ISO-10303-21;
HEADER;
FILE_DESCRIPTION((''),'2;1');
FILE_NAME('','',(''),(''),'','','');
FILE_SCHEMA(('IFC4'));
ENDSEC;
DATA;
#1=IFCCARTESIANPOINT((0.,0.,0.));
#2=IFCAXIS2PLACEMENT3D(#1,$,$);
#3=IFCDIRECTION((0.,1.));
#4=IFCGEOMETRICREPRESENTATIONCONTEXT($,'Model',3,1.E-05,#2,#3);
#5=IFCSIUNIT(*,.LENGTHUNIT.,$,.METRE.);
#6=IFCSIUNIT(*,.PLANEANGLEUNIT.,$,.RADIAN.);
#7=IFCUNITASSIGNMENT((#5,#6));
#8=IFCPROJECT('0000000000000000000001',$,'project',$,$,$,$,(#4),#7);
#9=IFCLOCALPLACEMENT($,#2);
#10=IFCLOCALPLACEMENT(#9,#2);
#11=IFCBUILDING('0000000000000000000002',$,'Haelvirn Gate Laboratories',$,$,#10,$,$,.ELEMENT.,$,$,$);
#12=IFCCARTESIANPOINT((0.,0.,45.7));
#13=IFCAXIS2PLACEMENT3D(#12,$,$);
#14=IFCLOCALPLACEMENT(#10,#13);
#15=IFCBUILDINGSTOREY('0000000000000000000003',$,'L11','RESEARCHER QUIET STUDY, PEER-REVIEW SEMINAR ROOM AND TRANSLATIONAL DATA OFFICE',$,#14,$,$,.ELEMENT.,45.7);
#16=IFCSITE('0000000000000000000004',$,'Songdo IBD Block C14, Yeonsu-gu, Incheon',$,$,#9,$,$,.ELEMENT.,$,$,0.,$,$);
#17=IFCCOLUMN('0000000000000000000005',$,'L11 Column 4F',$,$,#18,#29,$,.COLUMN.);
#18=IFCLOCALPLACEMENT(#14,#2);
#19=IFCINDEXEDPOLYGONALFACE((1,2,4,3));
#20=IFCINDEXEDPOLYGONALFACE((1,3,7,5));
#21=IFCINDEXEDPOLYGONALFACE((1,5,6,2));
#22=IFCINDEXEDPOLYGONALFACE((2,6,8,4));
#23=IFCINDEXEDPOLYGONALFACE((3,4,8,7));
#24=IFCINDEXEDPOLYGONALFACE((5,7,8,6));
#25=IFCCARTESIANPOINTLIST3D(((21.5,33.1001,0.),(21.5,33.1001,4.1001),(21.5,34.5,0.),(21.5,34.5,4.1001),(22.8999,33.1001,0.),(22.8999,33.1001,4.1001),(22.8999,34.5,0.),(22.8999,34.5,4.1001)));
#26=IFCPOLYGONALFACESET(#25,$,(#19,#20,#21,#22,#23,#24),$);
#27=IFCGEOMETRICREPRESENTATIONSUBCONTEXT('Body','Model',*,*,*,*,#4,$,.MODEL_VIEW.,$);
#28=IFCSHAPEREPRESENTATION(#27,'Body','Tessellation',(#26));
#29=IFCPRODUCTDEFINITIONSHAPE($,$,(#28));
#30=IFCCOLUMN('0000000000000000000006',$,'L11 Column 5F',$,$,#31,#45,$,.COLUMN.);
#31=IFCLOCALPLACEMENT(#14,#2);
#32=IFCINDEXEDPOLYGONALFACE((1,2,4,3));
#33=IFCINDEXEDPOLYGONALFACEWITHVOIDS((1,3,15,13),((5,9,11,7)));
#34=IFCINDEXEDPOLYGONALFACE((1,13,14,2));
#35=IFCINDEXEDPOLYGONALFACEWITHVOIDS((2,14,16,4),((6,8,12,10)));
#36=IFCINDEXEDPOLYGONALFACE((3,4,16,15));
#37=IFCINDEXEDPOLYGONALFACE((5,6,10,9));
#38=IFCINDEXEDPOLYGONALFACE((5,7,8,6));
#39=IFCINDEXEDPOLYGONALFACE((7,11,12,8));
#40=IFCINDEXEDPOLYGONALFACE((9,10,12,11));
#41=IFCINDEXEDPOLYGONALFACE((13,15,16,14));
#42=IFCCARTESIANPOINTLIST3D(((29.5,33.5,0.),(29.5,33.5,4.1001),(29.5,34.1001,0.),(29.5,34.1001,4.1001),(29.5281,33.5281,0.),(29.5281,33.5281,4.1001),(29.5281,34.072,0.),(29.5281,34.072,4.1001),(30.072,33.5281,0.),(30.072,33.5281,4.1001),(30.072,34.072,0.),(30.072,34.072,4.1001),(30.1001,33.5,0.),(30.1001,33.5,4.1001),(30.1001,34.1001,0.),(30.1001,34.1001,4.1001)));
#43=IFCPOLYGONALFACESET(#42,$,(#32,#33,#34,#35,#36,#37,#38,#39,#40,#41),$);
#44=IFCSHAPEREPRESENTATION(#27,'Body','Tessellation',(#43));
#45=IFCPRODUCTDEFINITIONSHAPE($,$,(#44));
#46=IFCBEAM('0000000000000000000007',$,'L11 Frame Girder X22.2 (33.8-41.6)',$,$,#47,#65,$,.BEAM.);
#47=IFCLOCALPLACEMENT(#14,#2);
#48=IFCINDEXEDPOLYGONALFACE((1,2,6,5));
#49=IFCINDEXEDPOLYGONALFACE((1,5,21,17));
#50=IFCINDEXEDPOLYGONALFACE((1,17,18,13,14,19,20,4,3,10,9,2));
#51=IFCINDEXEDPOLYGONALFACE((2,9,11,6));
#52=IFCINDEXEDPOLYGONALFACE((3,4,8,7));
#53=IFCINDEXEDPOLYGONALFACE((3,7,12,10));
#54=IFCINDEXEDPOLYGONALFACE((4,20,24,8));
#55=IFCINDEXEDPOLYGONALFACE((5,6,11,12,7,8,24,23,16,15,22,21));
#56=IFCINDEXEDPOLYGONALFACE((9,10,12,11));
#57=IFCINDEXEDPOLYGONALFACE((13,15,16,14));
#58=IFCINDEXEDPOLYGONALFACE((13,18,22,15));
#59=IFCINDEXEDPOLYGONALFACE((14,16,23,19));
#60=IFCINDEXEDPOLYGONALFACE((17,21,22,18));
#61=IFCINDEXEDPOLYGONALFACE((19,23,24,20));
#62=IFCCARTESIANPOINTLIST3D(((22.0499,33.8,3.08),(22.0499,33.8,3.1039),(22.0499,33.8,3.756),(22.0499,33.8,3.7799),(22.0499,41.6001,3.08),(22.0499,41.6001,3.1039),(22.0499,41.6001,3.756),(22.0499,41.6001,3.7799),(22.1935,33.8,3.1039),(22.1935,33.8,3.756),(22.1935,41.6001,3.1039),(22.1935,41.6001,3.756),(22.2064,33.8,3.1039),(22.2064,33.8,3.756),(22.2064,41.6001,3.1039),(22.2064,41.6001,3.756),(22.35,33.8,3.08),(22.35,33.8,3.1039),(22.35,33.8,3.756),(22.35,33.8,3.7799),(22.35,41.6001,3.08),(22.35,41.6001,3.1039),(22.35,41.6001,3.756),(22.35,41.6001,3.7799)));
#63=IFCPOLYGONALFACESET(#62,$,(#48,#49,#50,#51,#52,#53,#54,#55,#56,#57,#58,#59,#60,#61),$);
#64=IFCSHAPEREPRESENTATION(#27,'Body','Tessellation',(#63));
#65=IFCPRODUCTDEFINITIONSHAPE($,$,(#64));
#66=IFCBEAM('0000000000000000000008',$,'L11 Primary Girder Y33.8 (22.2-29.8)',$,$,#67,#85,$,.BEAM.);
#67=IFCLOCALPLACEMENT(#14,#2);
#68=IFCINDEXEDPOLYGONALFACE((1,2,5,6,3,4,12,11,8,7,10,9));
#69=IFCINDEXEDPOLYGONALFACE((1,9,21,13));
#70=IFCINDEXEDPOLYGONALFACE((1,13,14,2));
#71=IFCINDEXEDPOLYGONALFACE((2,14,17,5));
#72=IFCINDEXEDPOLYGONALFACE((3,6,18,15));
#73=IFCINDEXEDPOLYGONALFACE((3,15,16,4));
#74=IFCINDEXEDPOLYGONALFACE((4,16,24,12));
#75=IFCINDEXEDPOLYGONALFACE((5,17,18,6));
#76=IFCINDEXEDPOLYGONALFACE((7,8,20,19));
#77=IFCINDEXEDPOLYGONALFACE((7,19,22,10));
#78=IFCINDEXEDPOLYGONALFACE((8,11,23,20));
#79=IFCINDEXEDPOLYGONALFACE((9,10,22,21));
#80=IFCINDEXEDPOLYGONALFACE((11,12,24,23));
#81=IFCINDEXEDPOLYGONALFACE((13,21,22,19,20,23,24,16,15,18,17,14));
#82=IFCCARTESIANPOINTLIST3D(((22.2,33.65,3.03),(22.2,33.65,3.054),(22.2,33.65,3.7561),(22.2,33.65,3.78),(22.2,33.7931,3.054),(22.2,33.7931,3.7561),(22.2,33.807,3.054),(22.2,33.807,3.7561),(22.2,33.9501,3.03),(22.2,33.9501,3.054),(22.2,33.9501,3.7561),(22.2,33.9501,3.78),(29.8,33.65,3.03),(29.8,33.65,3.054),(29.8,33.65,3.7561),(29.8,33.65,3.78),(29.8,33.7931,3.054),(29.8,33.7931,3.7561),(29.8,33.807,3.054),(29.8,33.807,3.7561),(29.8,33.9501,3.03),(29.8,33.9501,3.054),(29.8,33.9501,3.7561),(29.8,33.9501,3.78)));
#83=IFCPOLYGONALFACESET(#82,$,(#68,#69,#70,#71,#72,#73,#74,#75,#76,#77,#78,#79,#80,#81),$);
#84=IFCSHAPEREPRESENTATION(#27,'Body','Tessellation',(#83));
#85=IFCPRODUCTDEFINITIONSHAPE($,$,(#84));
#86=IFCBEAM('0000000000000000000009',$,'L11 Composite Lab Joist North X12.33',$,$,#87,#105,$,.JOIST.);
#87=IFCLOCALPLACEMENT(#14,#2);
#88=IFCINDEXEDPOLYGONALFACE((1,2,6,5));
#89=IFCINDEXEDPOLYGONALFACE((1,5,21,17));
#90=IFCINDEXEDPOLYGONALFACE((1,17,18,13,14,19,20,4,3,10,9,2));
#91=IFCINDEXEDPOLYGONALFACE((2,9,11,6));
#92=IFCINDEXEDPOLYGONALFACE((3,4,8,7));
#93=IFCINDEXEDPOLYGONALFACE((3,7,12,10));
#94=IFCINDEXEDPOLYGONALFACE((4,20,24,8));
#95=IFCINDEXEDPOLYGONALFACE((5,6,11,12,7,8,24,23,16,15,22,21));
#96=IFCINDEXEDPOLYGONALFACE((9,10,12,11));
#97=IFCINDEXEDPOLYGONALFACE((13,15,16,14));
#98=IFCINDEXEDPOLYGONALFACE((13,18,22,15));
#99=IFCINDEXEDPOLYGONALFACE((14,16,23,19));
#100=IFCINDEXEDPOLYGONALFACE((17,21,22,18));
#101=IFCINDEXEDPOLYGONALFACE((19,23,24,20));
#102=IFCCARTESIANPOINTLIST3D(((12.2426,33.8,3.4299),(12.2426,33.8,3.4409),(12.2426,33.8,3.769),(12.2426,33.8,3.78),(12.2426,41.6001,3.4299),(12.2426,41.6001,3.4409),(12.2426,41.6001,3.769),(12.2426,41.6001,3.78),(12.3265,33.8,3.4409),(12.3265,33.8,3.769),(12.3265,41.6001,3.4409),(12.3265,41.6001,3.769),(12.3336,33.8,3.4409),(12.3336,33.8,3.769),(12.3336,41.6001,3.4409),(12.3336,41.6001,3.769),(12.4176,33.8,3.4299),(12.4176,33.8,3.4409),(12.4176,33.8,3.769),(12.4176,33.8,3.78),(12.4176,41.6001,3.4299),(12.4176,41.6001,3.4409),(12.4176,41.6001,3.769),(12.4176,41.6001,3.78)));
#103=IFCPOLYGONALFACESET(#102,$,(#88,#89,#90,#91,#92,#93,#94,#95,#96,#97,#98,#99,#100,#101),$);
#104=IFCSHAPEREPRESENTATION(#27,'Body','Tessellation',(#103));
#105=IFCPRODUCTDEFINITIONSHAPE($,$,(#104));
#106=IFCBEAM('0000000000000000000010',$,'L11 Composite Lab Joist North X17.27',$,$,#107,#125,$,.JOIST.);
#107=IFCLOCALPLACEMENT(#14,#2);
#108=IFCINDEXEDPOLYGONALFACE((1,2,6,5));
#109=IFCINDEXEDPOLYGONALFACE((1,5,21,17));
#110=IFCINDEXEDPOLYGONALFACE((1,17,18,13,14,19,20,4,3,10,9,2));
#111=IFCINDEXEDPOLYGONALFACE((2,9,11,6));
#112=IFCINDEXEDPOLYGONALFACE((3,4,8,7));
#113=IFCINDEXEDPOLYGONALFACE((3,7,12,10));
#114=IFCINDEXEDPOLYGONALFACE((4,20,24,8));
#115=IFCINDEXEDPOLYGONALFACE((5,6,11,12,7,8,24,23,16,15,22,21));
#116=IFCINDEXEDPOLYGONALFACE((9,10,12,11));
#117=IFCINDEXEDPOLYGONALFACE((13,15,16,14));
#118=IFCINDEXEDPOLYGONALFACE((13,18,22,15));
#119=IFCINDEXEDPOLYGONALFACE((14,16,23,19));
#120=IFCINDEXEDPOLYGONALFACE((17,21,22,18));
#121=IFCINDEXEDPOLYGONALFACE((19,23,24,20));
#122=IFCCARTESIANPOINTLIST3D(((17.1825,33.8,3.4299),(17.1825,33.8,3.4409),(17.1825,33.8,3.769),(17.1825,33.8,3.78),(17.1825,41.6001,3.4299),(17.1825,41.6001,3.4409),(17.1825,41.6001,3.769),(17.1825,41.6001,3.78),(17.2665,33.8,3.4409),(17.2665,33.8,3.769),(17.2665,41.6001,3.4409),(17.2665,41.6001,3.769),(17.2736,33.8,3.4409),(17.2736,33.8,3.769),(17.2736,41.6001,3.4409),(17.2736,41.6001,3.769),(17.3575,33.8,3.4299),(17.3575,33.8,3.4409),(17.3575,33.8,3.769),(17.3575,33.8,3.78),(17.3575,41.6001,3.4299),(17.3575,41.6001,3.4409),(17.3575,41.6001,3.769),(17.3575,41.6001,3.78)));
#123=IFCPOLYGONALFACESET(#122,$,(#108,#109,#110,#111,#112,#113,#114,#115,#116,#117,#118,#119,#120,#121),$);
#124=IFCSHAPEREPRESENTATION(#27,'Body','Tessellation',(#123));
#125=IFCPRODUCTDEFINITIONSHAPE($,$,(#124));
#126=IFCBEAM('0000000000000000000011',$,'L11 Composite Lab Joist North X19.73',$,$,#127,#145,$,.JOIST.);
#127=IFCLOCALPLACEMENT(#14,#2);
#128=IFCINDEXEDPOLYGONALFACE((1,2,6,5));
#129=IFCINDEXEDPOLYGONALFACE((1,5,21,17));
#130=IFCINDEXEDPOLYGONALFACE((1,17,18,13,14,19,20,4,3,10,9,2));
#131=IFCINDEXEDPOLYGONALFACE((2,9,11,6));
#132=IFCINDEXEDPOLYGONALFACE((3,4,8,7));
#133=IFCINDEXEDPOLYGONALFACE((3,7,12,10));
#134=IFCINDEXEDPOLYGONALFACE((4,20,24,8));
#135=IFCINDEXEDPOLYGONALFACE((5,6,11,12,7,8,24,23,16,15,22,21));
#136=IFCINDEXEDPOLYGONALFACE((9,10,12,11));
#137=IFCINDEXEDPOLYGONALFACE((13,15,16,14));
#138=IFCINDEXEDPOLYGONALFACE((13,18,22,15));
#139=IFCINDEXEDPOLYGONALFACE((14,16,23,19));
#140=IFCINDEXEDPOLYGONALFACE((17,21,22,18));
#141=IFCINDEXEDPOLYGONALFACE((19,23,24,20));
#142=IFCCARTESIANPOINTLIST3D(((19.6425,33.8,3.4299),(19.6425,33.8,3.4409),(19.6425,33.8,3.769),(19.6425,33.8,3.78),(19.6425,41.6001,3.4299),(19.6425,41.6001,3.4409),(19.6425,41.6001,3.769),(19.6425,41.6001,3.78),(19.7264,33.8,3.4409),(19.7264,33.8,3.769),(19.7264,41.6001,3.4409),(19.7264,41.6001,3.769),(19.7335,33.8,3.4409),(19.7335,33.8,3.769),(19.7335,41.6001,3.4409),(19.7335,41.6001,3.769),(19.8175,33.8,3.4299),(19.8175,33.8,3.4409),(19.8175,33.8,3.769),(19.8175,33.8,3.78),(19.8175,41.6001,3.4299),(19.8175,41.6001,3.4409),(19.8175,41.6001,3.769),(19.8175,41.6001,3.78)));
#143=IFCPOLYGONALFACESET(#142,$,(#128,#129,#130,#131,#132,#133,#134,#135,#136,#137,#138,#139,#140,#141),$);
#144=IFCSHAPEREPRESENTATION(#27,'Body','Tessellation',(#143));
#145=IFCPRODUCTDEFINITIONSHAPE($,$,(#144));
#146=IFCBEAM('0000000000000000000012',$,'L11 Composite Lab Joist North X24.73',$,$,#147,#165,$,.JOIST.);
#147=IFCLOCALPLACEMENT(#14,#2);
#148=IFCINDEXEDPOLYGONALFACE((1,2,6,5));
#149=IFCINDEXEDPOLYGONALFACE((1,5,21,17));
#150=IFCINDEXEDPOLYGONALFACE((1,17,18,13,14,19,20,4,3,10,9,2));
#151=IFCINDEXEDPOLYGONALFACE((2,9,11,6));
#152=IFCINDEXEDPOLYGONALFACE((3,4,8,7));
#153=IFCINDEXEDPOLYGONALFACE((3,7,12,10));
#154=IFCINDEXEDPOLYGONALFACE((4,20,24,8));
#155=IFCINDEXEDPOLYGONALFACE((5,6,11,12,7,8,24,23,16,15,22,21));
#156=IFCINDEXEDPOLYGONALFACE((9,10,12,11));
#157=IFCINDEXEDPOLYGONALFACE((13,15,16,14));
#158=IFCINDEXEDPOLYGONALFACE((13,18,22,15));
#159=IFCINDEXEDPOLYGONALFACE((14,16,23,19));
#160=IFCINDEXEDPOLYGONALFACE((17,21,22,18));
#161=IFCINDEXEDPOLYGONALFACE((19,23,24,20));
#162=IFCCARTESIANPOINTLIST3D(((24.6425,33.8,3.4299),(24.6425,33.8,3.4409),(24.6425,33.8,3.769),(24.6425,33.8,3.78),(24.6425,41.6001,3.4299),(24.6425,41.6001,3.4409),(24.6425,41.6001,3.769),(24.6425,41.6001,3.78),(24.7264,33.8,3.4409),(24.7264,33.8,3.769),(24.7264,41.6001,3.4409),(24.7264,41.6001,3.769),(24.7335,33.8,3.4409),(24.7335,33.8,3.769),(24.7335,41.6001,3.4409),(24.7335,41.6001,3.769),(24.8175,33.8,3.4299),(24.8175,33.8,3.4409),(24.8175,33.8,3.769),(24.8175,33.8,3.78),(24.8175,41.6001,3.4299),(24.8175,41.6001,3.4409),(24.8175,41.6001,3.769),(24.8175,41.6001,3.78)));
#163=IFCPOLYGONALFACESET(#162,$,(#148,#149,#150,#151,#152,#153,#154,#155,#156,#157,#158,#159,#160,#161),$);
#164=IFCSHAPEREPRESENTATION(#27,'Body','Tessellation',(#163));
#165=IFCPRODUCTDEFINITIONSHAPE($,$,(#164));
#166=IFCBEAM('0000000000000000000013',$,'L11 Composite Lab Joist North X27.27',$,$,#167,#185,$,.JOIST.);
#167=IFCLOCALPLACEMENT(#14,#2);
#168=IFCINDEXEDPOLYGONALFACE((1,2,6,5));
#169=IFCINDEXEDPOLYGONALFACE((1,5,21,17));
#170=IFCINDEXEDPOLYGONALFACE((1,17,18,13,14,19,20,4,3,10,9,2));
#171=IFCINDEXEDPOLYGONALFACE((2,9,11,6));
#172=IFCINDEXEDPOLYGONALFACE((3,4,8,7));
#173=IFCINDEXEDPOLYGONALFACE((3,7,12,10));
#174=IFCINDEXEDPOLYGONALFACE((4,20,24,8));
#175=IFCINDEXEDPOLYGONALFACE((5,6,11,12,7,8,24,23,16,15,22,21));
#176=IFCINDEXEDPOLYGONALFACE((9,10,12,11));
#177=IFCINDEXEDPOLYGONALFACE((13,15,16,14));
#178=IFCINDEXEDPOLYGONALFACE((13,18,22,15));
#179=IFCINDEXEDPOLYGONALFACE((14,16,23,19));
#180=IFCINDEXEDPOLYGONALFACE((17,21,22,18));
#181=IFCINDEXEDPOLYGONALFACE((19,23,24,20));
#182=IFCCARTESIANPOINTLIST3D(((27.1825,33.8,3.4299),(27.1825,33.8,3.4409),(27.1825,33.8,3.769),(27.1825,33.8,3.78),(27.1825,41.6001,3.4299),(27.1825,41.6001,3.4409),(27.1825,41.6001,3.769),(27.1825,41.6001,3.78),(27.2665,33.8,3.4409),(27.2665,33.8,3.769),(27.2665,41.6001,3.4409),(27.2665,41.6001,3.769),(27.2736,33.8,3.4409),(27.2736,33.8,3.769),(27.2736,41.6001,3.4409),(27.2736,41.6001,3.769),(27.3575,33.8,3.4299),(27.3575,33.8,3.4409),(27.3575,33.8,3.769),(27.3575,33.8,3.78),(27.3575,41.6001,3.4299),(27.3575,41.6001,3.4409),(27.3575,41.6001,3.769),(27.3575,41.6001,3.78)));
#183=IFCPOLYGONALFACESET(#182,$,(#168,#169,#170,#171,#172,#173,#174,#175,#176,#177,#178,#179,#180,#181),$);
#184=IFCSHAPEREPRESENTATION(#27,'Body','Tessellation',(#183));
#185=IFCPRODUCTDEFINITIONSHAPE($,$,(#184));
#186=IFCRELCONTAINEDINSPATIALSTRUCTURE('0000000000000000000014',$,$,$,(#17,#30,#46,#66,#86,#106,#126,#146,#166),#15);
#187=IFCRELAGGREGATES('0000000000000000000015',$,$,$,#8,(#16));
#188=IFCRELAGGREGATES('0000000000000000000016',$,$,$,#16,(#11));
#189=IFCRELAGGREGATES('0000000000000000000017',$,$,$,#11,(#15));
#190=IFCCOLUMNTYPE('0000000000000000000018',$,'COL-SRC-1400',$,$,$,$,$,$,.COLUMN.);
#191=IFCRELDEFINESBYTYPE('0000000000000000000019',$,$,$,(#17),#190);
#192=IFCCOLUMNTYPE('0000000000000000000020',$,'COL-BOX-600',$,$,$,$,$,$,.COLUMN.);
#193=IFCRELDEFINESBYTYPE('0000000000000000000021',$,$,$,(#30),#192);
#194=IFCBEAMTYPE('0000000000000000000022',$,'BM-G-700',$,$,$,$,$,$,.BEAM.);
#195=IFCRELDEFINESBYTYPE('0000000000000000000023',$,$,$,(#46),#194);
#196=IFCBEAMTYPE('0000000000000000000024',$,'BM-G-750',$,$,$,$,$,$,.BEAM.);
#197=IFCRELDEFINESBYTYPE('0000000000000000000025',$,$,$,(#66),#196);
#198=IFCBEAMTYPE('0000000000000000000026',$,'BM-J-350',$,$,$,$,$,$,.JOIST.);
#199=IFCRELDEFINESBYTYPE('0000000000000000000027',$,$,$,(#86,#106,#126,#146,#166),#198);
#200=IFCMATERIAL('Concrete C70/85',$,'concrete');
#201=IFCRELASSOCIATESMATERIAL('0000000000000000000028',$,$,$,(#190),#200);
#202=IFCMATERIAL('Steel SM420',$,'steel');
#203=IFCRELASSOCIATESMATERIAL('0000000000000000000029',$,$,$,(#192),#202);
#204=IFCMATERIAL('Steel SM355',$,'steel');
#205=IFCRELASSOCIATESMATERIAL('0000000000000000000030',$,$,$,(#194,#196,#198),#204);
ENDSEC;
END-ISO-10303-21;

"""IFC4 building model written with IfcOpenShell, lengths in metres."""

from ifc_helpers import new_model, si_unit, direction, frame, origin, origin_2d, place, context, subcontext, project, spatial, rectangle, hollow_rectangle, i_section, extrude, source, transform, mapped, material, material_profile, profile_set, type_object, type_shapes, element, save


model = new_model("IFC4")

# Units and contexts
model_context = context("Model", 3, precision=1e-05, world=origin(), true_north=direction((0.0, 1.0)))
body_context = subcontext(model_context, "Body", "Model", "MODEL_VIEW")
ifc_project = project(units=[si_unit("LENGTHUNIT", "METRE"), si_unit("PLANEANGLEUNIT", "RADIAN")], contexts=[model_context])

# Site, building, storey
site_placement = place(None, origin())
site = spatial("IfcSite", under=ifc_project, at=site_placement, Name="Songdo IBD Block C14, Yeonsu-gu, Incheon", CompositionType="ELEMENT", RefElevation=0.0)
building_placement = place(site_placement, origin())
building = spatial("IfcBuilding", under=site, at=building_placement, Name="Haelvirn Gate Laboratories", CompositionType="ELEMENT")
storey_placement = place(building_placement, frame((0.0, 0.0, 45.7)))
storey = spatial("IfcBuildingStorey", under=building, at=storey_placement, Name="L11", Description="RESEARCHER QUIET STUDY, PEER-REVIEW SEMINAR ROOM AND TRANSLATIONAL DATA OFFICE", CompositionType="ELEMENT", Elevation=45.7)

# Columns
ifc_material_1 = material(Name="Concrete C70/85", Category="concrete")
ifc_material_profile_1 = material_profile(ifc_material_1, rectangle(XDim=1.3999, YDim=1.3999, at=origin_2d()), Name="SRC-1400x1400")
ifc_profile_set_1 = profile_set([ifc_material_profile_1], Name="Concrete C70/85")
column_type_1 = type_object("IfcColumnType", Name="COL-SRC-1400", PredefinedType="COLUMN", material=ifc_profile_set_1)
shared_shape_1 = source(origin(), body_context, "Body", "SweptSolid", [
    extrude(rectangle(XDim=1.3999, YDim=1.3999, at=origin_2d()), origin(), (0.0, 0.0, 1.0), 4.1001),
])
type_shapes(column_type_1, [shared_shape_1])
column_1_placement = place(storey_placement, frame((22.2, 33.8, 0.0), z_axis=(0.0, 0.0, 1.0), x_axis=(1.0, 0.0, 0.0)))
element("IfcColumn", 1, at=column_1_placement, inside=storey, type_object=column_type_1, Name="L11 Column 4F", PredefinedType="COLUMN", context=body_context, shape_type="MappedRepresentation", body=[
    mapped(shared_shape_1, transform((0.0, 0.0, 0.0), scale=1.0)),
])
ifc_material_2 = material(Name="Steel SM420", Category="steel")
ifc_material_profile_2 = material_profile(ifc_material_2, hollow_rectangle(XDim=0.6001, YDim=0.6001, WallThickness=0.0281, at=origin_2d()), Name="BOX-600x600x28")
ifc_profile_set_2 = profile_set([ifc_material_profile_2], Name="Steel SM420")
column_type_2 = type_object("IfcColumnType", Name="COL-BOX-600", PredefinedType="COLUMN", material=ifc_profile_set_2)
shared_shape_2 = source(origin(), body_context, "Body", "SweptSolid", [
    extrude(hollow_rectangle(XDim=0.6001, YDim=0.6001, WallThickness=0.0281, at=origin_2d()), origin(), (0.0, 0.0, 1.0), 4.1001),
])
type_shapes(column_type_2, [shared_shape_2])
column_2_placement = place(storey_placement, frame((29.8, 33.8, 0.0), z_axis=(0.0, 0.0, 1.0), x_axis=(1.0, 0.0, 0.0)))
element("IfcColumn", 2, at=column_2_placement, inside=storey, type_object=column_type_2, Name="L11 Column 5F", PredefinedType="COLUMN", context=body_context, shape_type="MappedRepresentation", body=[
    mapped(shared_shape_2, transform((0.0, 0.0, 0.0), scale=1.0)),
])

# Beams
ifc_material_3 = material(Name="Steel SM355", Category="steel")
ifc_material_profile_3 = material_profile(ifc_material_3, i_section(OverallWidth=0.3, OverallDepth=0.7, WebThickness=0.0129, FlangeThickness=0.0239, at=origin_2d()), Name="H-700x300x13x24")
ifc_profile_set_3 = profile_set([ifc_material_profile_3], Name="Steel SM355")
beam_type_1 = type_object("IfcBeamType", Name="BM-G-700", PredefinedType="BEAM", material=ifc_profile_set_3)
shared_shape_3 = source(origin(), body_context, "Body", "SweptSolid", [
    extrude(i_section(OverallWidth=0.3, OverallDepth=0.7, WebThickness=0.0129, FlangeThickness=0.0239, at=origin_2d()), origin(), (0.0, 0.0, 1.0), 7.8),
])
type_shapes(beam_type_1, [shared_shape_3])
beam_1_placement = place(storey_placement, frame((22.2, 33.8, 3.4299), z_axis=(0.0, 1.0, 0.0), x_axis=(-1.0, 0.0, 0.0)))
element("IfcBeam", 3, at=beam_1_placement, inside=storey, type_object=beam_type_1, Name="L11 Frame Girder X22.2 (33.8-41.6)", PredefinedType="BEAM", context=body_context, shape_type="MappedRepresentation", body=[
    mapped(shared_shape_3, transform((0.0, 0.0, 0.0), scale=1.0)),
])
ifc_material_profile_4 = material_profile(ifc_material_3, i_section(OverallWidth=0.3, OverallDepth=0.75, WebThickness=0.0139, FlangeThickness=0.0239, at=origin_2d()), Name="H-750x300x14x24")
ifc_profile_set_4 = profile_set([ifc_material_profile_4], Name="Steel SM355")
beam_type_2 = type_object("IfcBeamType", Name="BM-G-750", PredefinedType="BEAM", material=ifc_profile_set_4)
shared_shape_4 = source(origin(), body_context, "Body", "SweptSolid", [
    extrude(i_section(OverallWidth=0.3, OverallDepth=0.75, WebThickness=0.0139, FlangeThickness=0.0239, at=origin_2d()), origin(), (0.0, 0.0, 1.0), 7.6001),
])
type_shapes(beam_type_2, [shared_shape_4])
beam_2_placement = place(storey_placement, frame((22.2, 33.8, 3.405), z_axis=(1.0, 0.0, 0.0), x_axis=(0.0, 1.0, 0.0)))
element("IfcBeam", 4, at=beam_2_placement, inside=storey, type_object=beam_type_2, Name="L11 Primary Girder Y33.8 (22.2-29.8)", PredefinedType="BEAM", context=body_context, shape_type="MappedRepresentation", body=[
    mapped(shared_shape_4, transform((0.0, 0.0, 0.0), scale=1.0)),
])
ifc_material_profile_5 = material_profile(ifc_material_3, i_section(OverallWidth=0.175, OverallDepth=0.3501, WebThickness=0.0071, FlangeThickness=0.011, at=origin_2d()), Name="H-350x175x7x11")
ifc_profile_set_5 = profile_set([ifc_material_profile_5], Name="Steel SM355")
beam_type_3 = type_object("IfcBeamType", Name="BM-J-350", PredefinedType="JOIST", material=ifc_profile_set_5)
shared_shape_5 = source(origin(), body_context, "Body", "SweptSolid", [
    extrude(i_section(OverallWidth=0.175, OverallDepth=0.3501, WebThickness=0.0071, FlangeThickness=0.011, at=origin_2d()), origin(), (0.0, 0.0, 1.0), 7.8),
])
type_shapes(beam_type_3, [shared_shape_5])
for number, where, z_axis, x_axis, name in (
    (5, (12.3301, 33.8, 3.605), (0.0, 1.0, 0.0), (-1.0, 0.0, 0.0), "L11 Composite Lab Joist North X12.33"),
    (6, (17.27, 33.8, 3.605), (0.0, 1.0, 0.0), (-1.0, 0.0, 0.0), "L11 Composite Lab Joist North X17.27"),
    (7, (19.73, 33.8, 3.605), (0.0, 1.0, 0.0), (-1.0, 0.0, 0.0), "L11 Composite Lab Joist North X19.73"),
    (8, (24.73, 33.8, 3.605), (0.0, 1.0, 0.0), (-1.0, 0.0, 0.0), "L11 Composite Lab Joist North X24.73"),
    (9, (27.27, 33.8, 3.605), (0.0, 1.0, 0.0), (-1.0, 0.0, 0.0), "L11 Composite Lab Joist North X27.27"),
):
    element("IfcBeam", number, at=place(storey_placement, frame(where, z_axis=z_axis, x_axis=x_axis)), inside=storey, type_object=beam_type_3, Name=name, PredefinedType="JOIST", context=body_context, shape_type="MappedRepresentation", body=[
        mapped(shared_shape_5, transform((0.0, 0.0, 0.0), scale=1.0)),
    ])

save(model, "model.ifc")
